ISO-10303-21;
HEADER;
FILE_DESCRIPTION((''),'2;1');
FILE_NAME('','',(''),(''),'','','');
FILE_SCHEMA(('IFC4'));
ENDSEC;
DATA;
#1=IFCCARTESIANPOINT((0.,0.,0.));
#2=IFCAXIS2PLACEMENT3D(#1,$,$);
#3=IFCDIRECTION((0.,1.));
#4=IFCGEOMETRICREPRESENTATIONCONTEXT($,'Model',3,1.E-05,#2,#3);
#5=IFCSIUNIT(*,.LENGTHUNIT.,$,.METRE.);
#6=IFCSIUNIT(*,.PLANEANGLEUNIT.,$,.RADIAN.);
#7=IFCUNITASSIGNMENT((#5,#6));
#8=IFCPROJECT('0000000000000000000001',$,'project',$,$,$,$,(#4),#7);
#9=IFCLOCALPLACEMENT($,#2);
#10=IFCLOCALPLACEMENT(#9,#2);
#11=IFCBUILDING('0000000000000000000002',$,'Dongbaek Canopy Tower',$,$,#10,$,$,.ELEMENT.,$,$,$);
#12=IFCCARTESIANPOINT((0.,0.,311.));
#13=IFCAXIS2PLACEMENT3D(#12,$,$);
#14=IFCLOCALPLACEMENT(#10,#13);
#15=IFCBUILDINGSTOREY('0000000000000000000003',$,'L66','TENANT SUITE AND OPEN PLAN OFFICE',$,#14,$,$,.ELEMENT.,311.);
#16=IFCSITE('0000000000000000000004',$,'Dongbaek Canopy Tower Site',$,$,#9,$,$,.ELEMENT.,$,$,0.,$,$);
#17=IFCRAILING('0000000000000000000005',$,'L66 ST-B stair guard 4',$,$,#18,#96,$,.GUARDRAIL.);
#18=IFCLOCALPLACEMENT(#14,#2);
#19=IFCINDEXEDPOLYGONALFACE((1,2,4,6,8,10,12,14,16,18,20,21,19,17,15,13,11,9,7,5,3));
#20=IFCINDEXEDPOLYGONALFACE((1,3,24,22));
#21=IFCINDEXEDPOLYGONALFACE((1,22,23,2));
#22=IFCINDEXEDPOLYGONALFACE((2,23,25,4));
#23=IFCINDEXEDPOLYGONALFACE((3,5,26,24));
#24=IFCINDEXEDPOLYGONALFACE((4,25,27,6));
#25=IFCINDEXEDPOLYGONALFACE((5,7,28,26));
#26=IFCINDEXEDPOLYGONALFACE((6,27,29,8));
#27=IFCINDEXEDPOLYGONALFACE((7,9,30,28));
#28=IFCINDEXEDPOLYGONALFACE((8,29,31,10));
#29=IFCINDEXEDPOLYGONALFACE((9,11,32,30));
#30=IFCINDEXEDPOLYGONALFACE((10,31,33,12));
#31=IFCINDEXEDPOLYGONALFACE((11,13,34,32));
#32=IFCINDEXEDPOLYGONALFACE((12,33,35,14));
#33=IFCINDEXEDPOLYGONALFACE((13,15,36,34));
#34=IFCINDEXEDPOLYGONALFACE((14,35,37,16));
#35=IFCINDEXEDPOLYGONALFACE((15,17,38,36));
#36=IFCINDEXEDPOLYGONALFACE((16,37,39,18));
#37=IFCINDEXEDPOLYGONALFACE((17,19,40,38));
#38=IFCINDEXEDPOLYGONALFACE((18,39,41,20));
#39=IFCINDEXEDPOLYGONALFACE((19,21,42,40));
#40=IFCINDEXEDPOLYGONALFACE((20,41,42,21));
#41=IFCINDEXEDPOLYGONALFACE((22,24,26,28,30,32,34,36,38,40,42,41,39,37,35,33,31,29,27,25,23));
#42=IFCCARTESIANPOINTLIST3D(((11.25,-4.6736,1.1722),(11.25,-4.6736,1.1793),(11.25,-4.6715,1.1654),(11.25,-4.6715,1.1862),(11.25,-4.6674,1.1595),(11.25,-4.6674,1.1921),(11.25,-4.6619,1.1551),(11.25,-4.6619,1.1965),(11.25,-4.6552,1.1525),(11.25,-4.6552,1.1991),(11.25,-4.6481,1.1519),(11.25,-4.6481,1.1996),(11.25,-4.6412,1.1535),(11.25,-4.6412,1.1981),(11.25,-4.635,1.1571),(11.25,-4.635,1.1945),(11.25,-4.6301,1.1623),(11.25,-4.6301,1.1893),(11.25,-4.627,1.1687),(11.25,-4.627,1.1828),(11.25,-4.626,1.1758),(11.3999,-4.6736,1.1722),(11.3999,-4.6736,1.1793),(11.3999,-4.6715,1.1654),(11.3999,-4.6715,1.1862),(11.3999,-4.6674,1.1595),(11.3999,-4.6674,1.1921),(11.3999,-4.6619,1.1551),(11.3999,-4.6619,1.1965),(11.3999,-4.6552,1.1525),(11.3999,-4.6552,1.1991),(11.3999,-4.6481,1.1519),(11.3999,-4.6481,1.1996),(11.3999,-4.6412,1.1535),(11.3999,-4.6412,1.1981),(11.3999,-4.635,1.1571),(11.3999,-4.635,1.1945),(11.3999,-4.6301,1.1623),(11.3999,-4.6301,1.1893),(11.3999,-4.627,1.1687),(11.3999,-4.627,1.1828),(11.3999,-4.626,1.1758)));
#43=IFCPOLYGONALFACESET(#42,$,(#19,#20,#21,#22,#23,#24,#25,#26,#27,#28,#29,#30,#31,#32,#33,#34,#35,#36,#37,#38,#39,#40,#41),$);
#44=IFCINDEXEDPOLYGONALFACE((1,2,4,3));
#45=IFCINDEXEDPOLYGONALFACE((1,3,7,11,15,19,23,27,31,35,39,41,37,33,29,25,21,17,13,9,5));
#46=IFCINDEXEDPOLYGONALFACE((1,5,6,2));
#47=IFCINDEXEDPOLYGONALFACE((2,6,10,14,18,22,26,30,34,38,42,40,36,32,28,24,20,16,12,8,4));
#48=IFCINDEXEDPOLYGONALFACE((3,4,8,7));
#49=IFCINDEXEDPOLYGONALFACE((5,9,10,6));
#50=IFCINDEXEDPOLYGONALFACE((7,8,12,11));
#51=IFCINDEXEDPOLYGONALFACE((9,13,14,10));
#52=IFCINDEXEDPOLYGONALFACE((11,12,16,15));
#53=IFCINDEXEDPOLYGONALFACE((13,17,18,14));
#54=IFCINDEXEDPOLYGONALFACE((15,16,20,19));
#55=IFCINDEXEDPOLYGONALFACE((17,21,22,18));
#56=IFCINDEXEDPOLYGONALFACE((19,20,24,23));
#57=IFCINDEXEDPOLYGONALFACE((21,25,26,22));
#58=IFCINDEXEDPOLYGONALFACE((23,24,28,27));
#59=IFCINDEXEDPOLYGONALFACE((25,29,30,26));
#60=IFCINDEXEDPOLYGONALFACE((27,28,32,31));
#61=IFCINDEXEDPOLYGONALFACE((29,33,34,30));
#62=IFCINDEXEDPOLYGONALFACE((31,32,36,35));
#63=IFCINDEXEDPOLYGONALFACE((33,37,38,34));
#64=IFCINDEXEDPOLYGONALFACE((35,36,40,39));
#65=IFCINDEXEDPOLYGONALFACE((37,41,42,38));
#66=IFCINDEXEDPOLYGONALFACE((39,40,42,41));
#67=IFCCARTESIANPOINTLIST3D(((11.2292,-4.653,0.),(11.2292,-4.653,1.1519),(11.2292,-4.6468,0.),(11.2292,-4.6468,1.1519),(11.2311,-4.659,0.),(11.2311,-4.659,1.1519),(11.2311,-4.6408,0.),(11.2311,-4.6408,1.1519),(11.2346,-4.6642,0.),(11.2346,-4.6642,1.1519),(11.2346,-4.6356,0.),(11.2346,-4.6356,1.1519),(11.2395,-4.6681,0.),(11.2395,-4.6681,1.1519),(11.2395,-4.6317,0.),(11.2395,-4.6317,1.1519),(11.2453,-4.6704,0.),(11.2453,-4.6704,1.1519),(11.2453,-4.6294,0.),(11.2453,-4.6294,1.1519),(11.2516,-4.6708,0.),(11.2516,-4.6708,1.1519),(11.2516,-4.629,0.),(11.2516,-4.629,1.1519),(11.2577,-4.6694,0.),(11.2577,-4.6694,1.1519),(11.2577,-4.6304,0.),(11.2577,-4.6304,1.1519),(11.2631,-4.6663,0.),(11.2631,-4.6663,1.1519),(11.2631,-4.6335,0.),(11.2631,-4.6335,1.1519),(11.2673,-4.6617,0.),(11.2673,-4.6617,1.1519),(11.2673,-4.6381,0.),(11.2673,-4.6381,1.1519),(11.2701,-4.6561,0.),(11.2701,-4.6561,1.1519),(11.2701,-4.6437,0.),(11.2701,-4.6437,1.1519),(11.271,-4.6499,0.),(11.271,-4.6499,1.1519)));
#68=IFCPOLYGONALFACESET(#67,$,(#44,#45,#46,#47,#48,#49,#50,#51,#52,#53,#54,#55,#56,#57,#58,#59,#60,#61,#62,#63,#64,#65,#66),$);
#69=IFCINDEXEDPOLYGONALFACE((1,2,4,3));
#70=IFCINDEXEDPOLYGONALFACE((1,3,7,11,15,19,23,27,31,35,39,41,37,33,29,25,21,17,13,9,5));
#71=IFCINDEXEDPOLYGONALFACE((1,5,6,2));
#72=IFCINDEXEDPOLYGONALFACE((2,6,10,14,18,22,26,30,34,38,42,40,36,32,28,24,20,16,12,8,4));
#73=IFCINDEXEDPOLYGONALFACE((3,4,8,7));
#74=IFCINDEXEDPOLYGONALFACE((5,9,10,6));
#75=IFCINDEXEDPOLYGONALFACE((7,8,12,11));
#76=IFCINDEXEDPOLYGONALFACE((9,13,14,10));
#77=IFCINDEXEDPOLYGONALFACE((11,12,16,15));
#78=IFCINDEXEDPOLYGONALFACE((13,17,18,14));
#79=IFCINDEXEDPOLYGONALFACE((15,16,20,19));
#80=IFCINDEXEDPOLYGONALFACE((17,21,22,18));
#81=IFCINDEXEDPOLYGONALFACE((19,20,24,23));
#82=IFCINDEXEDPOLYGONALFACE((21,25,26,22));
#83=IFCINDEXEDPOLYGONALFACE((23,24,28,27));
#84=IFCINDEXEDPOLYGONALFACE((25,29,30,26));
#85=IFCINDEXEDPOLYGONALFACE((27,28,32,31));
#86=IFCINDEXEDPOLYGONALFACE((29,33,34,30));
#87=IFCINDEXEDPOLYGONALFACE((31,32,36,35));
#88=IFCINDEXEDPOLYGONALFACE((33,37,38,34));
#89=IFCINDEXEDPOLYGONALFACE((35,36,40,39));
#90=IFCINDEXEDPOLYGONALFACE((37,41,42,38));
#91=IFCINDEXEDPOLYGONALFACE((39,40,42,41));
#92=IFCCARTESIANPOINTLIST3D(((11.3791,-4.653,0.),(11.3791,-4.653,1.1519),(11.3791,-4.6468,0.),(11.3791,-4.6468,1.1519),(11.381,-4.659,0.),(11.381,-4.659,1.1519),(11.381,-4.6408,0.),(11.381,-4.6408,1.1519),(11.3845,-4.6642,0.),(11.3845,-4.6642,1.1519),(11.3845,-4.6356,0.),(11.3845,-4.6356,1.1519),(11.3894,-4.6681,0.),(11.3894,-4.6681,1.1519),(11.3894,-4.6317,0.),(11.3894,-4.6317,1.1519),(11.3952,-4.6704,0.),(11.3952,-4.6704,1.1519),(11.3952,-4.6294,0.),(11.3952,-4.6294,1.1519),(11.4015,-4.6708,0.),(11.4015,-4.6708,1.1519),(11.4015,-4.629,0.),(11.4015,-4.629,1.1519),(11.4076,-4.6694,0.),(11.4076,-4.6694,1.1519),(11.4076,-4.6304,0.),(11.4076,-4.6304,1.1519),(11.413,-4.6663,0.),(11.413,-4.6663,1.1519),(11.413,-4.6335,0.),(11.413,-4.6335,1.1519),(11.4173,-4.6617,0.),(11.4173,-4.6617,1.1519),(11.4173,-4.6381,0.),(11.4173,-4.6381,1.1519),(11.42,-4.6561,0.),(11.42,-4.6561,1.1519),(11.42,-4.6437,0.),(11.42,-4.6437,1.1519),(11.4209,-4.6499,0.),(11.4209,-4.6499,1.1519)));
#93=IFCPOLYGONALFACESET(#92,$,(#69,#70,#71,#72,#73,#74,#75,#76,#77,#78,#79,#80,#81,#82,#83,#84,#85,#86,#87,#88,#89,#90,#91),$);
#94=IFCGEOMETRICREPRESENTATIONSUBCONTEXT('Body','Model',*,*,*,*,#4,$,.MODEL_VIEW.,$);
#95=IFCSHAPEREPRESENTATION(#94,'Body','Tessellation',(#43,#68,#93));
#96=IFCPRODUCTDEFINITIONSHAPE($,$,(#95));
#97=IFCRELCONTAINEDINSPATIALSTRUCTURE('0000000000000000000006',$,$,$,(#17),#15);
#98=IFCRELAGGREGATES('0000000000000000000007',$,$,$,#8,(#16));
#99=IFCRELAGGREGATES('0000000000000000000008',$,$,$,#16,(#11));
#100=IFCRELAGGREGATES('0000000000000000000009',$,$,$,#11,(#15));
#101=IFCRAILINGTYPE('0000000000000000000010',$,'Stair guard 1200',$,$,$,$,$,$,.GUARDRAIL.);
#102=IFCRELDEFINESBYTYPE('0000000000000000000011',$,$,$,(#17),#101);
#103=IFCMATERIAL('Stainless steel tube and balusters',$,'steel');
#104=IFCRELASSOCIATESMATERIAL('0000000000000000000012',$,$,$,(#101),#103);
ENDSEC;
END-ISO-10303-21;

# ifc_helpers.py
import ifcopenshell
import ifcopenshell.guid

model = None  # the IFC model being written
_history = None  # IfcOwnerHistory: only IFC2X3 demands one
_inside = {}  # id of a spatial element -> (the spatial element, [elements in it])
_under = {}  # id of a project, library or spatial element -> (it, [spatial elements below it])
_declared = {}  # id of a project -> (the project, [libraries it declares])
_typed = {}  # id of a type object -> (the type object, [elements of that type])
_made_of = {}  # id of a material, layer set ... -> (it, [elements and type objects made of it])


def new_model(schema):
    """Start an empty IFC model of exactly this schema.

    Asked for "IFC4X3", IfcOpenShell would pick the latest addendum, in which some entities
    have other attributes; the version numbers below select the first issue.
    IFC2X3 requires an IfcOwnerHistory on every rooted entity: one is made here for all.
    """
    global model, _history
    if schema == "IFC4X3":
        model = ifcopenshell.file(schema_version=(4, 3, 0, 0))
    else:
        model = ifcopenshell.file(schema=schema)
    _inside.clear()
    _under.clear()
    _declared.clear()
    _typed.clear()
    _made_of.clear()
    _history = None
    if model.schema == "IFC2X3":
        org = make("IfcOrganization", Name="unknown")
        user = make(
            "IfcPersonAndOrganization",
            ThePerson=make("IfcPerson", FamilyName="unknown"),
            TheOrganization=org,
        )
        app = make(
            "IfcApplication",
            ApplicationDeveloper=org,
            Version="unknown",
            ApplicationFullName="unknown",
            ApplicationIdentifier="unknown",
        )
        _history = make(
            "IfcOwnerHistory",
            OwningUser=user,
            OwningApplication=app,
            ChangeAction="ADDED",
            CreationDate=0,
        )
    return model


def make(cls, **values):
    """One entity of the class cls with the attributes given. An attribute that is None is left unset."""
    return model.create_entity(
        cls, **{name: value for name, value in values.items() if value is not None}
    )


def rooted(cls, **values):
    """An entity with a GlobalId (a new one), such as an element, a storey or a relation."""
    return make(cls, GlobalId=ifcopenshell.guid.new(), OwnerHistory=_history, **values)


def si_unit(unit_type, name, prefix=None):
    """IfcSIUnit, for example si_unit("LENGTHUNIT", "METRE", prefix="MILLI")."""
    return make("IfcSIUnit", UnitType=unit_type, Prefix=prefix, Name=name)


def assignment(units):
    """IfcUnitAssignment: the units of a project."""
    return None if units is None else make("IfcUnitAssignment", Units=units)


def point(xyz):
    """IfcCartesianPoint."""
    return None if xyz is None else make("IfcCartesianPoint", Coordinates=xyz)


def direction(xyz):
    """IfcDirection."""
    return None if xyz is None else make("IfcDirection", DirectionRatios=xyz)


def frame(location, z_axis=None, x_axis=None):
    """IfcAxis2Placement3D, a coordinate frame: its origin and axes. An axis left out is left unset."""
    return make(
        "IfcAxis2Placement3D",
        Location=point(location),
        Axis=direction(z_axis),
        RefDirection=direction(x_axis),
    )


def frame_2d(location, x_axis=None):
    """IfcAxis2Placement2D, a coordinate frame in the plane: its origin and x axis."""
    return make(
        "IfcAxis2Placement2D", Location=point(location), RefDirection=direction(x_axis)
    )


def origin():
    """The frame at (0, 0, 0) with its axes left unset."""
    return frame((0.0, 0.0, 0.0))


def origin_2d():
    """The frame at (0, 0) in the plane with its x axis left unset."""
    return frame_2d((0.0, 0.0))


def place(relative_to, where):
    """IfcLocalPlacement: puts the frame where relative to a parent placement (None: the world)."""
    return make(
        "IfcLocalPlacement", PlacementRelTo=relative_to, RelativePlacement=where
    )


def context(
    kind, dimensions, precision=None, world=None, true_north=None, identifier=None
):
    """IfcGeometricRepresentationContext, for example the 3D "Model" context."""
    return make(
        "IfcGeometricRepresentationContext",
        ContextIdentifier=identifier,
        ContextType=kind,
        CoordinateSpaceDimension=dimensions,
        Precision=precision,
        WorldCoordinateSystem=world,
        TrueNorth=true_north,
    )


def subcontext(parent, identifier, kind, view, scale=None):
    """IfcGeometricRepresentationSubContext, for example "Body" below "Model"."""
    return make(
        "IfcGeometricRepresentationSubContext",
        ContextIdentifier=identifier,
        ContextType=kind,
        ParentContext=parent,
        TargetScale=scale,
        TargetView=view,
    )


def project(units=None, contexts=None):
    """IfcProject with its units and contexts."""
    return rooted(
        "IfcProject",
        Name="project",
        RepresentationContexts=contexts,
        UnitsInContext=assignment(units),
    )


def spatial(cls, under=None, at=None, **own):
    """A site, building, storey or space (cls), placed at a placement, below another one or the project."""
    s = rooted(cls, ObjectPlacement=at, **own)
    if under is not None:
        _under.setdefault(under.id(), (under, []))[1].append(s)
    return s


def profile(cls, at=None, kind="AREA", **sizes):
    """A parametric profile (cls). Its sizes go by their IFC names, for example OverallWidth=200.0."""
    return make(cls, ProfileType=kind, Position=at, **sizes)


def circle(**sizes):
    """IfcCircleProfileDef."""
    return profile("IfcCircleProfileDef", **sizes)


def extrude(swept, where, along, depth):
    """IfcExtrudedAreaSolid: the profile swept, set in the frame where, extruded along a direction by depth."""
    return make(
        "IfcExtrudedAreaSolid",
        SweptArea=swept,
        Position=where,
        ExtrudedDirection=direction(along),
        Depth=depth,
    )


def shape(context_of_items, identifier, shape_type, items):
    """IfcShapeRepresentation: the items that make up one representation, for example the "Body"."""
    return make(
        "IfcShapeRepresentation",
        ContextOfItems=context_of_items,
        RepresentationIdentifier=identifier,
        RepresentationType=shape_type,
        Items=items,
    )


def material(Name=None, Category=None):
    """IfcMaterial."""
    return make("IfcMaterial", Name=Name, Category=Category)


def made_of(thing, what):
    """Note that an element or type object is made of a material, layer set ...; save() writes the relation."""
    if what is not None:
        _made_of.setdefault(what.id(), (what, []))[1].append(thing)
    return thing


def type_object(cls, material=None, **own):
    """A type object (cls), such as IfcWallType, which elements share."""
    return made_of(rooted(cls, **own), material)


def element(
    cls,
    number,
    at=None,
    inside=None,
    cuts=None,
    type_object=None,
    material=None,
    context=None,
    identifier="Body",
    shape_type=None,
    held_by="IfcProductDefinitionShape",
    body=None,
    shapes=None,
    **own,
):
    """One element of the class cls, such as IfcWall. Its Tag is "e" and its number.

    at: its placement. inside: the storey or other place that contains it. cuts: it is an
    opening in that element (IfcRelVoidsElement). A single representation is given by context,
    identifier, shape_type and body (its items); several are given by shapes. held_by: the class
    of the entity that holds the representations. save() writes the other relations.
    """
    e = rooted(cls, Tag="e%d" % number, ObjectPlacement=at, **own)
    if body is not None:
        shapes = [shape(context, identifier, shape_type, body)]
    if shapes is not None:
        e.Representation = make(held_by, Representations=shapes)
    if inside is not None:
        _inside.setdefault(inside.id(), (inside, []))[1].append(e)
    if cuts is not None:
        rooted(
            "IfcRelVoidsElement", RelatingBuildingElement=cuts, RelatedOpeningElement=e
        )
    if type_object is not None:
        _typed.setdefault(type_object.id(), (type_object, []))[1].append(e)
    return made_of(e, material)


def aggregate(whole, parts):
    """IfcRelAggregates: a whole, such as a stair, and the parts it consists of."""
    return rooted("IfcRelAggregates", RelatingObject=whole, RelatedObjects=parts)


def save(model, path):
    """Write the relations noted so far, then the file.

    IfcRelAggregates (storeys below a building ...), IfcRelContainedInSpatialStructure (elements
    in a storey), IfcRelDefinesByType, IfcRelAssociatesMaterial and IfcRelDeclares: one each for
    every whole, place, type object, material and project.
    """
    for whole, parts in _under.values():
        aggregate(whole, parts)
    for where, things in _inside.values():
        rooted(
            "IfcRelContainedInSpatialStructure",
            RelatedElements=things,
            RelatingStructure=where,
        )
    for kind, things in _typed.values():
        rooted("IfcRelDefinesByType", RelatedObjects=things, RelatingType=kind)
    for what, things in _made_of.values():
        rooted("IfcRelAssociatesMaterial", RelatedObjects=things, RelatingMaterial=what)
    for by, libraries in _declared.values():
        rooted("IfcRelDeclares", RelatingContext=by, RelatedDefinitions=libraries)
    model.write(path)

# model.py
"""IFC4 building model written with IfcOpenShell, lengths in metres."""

from ifc_helpers import new_model, si_unit, direction, frame, origin, origin_2d, place, context, subcontext, project, spatial, circle, extrude, material, type_object, element, save


model = new_model("IFC4")

# Units and contexts
model_context = context("Model", 3, precision=1e-05, world=origin(), true_north=direction((0.0, 1.0)))
body_context = subcontext(model_context, "Body", "Model", "MODEL_VIEW")
ifc_project = project(units=[si_unit("LENGTHUNIT", "METRE"), si_unit("PLANEANGLEUNIT", "RADIAN")], contexts=[model_context])

# Site, building, storey
site_placement = place(None, origin())
site = spatial("IfcSite", under=ifc_project, at=site_placement, Name="Dongbaek Canopy Tower Site", CompositionType="ELEMENT", RefElevation=0.0)
building_placement = place(site_placement, origin())
building = spatial("IfcBuilding", under=site, at=building_placement, Name="Dongbaek Canopy Tower", CompositionType="ELEMENT")
storey_placement = place(building_placement, frame((0.0, 0.0, 311.0)))
storey = spatial("IfcBuildingStorey", under=building, at=storey_placement, Name="L66", Description="TENANT SUITE AND OPEN PLAN OFFICE", CompositionType="ELEMENT", Elevation=311.0)

# Railing
ifc_material_1 = material(Name="Stainless steel tube and balusters", Category="steel")
railing_type_1 = type_object("IfcRailingType", Name="Stair guard 1200", PredefinedType="GUARDRAIL", material=ifc_material_1)
railing_1_placement = place(storey_placement, frame((11.25, -4.6499, 0.0)))
element("IfcRailing", 1, at=railing_1_placement, inside=storey, type_object=railing_type_1, Name="L66 ST-B stair guard 4", PredefinedType="GUARDRAIL", context=body_context, shape_type="SweptSolid", body=[
    extrude(circle(Radius=0.0239, at=origin_2d()), frame((0.0, 0.0, 1.1758), z_axis=(1.0, 0.0, 0.0), x_axis=(0.0, 1.0, 0.0)), (0.0, 0.0, 1.0), 0.1499),
    extrude(circle(Radius=0.021, at=origin_2d()), origin(), (0.0, 0.0, 1.0), 1.1519),
    extrude(circle(Radius=0.021, at=origin_2d()), frame((0.1499, 0.0, 0.0)), (0.0, 0.0, 1.0), 1.1519),
])

save(model, "model.ifc")
